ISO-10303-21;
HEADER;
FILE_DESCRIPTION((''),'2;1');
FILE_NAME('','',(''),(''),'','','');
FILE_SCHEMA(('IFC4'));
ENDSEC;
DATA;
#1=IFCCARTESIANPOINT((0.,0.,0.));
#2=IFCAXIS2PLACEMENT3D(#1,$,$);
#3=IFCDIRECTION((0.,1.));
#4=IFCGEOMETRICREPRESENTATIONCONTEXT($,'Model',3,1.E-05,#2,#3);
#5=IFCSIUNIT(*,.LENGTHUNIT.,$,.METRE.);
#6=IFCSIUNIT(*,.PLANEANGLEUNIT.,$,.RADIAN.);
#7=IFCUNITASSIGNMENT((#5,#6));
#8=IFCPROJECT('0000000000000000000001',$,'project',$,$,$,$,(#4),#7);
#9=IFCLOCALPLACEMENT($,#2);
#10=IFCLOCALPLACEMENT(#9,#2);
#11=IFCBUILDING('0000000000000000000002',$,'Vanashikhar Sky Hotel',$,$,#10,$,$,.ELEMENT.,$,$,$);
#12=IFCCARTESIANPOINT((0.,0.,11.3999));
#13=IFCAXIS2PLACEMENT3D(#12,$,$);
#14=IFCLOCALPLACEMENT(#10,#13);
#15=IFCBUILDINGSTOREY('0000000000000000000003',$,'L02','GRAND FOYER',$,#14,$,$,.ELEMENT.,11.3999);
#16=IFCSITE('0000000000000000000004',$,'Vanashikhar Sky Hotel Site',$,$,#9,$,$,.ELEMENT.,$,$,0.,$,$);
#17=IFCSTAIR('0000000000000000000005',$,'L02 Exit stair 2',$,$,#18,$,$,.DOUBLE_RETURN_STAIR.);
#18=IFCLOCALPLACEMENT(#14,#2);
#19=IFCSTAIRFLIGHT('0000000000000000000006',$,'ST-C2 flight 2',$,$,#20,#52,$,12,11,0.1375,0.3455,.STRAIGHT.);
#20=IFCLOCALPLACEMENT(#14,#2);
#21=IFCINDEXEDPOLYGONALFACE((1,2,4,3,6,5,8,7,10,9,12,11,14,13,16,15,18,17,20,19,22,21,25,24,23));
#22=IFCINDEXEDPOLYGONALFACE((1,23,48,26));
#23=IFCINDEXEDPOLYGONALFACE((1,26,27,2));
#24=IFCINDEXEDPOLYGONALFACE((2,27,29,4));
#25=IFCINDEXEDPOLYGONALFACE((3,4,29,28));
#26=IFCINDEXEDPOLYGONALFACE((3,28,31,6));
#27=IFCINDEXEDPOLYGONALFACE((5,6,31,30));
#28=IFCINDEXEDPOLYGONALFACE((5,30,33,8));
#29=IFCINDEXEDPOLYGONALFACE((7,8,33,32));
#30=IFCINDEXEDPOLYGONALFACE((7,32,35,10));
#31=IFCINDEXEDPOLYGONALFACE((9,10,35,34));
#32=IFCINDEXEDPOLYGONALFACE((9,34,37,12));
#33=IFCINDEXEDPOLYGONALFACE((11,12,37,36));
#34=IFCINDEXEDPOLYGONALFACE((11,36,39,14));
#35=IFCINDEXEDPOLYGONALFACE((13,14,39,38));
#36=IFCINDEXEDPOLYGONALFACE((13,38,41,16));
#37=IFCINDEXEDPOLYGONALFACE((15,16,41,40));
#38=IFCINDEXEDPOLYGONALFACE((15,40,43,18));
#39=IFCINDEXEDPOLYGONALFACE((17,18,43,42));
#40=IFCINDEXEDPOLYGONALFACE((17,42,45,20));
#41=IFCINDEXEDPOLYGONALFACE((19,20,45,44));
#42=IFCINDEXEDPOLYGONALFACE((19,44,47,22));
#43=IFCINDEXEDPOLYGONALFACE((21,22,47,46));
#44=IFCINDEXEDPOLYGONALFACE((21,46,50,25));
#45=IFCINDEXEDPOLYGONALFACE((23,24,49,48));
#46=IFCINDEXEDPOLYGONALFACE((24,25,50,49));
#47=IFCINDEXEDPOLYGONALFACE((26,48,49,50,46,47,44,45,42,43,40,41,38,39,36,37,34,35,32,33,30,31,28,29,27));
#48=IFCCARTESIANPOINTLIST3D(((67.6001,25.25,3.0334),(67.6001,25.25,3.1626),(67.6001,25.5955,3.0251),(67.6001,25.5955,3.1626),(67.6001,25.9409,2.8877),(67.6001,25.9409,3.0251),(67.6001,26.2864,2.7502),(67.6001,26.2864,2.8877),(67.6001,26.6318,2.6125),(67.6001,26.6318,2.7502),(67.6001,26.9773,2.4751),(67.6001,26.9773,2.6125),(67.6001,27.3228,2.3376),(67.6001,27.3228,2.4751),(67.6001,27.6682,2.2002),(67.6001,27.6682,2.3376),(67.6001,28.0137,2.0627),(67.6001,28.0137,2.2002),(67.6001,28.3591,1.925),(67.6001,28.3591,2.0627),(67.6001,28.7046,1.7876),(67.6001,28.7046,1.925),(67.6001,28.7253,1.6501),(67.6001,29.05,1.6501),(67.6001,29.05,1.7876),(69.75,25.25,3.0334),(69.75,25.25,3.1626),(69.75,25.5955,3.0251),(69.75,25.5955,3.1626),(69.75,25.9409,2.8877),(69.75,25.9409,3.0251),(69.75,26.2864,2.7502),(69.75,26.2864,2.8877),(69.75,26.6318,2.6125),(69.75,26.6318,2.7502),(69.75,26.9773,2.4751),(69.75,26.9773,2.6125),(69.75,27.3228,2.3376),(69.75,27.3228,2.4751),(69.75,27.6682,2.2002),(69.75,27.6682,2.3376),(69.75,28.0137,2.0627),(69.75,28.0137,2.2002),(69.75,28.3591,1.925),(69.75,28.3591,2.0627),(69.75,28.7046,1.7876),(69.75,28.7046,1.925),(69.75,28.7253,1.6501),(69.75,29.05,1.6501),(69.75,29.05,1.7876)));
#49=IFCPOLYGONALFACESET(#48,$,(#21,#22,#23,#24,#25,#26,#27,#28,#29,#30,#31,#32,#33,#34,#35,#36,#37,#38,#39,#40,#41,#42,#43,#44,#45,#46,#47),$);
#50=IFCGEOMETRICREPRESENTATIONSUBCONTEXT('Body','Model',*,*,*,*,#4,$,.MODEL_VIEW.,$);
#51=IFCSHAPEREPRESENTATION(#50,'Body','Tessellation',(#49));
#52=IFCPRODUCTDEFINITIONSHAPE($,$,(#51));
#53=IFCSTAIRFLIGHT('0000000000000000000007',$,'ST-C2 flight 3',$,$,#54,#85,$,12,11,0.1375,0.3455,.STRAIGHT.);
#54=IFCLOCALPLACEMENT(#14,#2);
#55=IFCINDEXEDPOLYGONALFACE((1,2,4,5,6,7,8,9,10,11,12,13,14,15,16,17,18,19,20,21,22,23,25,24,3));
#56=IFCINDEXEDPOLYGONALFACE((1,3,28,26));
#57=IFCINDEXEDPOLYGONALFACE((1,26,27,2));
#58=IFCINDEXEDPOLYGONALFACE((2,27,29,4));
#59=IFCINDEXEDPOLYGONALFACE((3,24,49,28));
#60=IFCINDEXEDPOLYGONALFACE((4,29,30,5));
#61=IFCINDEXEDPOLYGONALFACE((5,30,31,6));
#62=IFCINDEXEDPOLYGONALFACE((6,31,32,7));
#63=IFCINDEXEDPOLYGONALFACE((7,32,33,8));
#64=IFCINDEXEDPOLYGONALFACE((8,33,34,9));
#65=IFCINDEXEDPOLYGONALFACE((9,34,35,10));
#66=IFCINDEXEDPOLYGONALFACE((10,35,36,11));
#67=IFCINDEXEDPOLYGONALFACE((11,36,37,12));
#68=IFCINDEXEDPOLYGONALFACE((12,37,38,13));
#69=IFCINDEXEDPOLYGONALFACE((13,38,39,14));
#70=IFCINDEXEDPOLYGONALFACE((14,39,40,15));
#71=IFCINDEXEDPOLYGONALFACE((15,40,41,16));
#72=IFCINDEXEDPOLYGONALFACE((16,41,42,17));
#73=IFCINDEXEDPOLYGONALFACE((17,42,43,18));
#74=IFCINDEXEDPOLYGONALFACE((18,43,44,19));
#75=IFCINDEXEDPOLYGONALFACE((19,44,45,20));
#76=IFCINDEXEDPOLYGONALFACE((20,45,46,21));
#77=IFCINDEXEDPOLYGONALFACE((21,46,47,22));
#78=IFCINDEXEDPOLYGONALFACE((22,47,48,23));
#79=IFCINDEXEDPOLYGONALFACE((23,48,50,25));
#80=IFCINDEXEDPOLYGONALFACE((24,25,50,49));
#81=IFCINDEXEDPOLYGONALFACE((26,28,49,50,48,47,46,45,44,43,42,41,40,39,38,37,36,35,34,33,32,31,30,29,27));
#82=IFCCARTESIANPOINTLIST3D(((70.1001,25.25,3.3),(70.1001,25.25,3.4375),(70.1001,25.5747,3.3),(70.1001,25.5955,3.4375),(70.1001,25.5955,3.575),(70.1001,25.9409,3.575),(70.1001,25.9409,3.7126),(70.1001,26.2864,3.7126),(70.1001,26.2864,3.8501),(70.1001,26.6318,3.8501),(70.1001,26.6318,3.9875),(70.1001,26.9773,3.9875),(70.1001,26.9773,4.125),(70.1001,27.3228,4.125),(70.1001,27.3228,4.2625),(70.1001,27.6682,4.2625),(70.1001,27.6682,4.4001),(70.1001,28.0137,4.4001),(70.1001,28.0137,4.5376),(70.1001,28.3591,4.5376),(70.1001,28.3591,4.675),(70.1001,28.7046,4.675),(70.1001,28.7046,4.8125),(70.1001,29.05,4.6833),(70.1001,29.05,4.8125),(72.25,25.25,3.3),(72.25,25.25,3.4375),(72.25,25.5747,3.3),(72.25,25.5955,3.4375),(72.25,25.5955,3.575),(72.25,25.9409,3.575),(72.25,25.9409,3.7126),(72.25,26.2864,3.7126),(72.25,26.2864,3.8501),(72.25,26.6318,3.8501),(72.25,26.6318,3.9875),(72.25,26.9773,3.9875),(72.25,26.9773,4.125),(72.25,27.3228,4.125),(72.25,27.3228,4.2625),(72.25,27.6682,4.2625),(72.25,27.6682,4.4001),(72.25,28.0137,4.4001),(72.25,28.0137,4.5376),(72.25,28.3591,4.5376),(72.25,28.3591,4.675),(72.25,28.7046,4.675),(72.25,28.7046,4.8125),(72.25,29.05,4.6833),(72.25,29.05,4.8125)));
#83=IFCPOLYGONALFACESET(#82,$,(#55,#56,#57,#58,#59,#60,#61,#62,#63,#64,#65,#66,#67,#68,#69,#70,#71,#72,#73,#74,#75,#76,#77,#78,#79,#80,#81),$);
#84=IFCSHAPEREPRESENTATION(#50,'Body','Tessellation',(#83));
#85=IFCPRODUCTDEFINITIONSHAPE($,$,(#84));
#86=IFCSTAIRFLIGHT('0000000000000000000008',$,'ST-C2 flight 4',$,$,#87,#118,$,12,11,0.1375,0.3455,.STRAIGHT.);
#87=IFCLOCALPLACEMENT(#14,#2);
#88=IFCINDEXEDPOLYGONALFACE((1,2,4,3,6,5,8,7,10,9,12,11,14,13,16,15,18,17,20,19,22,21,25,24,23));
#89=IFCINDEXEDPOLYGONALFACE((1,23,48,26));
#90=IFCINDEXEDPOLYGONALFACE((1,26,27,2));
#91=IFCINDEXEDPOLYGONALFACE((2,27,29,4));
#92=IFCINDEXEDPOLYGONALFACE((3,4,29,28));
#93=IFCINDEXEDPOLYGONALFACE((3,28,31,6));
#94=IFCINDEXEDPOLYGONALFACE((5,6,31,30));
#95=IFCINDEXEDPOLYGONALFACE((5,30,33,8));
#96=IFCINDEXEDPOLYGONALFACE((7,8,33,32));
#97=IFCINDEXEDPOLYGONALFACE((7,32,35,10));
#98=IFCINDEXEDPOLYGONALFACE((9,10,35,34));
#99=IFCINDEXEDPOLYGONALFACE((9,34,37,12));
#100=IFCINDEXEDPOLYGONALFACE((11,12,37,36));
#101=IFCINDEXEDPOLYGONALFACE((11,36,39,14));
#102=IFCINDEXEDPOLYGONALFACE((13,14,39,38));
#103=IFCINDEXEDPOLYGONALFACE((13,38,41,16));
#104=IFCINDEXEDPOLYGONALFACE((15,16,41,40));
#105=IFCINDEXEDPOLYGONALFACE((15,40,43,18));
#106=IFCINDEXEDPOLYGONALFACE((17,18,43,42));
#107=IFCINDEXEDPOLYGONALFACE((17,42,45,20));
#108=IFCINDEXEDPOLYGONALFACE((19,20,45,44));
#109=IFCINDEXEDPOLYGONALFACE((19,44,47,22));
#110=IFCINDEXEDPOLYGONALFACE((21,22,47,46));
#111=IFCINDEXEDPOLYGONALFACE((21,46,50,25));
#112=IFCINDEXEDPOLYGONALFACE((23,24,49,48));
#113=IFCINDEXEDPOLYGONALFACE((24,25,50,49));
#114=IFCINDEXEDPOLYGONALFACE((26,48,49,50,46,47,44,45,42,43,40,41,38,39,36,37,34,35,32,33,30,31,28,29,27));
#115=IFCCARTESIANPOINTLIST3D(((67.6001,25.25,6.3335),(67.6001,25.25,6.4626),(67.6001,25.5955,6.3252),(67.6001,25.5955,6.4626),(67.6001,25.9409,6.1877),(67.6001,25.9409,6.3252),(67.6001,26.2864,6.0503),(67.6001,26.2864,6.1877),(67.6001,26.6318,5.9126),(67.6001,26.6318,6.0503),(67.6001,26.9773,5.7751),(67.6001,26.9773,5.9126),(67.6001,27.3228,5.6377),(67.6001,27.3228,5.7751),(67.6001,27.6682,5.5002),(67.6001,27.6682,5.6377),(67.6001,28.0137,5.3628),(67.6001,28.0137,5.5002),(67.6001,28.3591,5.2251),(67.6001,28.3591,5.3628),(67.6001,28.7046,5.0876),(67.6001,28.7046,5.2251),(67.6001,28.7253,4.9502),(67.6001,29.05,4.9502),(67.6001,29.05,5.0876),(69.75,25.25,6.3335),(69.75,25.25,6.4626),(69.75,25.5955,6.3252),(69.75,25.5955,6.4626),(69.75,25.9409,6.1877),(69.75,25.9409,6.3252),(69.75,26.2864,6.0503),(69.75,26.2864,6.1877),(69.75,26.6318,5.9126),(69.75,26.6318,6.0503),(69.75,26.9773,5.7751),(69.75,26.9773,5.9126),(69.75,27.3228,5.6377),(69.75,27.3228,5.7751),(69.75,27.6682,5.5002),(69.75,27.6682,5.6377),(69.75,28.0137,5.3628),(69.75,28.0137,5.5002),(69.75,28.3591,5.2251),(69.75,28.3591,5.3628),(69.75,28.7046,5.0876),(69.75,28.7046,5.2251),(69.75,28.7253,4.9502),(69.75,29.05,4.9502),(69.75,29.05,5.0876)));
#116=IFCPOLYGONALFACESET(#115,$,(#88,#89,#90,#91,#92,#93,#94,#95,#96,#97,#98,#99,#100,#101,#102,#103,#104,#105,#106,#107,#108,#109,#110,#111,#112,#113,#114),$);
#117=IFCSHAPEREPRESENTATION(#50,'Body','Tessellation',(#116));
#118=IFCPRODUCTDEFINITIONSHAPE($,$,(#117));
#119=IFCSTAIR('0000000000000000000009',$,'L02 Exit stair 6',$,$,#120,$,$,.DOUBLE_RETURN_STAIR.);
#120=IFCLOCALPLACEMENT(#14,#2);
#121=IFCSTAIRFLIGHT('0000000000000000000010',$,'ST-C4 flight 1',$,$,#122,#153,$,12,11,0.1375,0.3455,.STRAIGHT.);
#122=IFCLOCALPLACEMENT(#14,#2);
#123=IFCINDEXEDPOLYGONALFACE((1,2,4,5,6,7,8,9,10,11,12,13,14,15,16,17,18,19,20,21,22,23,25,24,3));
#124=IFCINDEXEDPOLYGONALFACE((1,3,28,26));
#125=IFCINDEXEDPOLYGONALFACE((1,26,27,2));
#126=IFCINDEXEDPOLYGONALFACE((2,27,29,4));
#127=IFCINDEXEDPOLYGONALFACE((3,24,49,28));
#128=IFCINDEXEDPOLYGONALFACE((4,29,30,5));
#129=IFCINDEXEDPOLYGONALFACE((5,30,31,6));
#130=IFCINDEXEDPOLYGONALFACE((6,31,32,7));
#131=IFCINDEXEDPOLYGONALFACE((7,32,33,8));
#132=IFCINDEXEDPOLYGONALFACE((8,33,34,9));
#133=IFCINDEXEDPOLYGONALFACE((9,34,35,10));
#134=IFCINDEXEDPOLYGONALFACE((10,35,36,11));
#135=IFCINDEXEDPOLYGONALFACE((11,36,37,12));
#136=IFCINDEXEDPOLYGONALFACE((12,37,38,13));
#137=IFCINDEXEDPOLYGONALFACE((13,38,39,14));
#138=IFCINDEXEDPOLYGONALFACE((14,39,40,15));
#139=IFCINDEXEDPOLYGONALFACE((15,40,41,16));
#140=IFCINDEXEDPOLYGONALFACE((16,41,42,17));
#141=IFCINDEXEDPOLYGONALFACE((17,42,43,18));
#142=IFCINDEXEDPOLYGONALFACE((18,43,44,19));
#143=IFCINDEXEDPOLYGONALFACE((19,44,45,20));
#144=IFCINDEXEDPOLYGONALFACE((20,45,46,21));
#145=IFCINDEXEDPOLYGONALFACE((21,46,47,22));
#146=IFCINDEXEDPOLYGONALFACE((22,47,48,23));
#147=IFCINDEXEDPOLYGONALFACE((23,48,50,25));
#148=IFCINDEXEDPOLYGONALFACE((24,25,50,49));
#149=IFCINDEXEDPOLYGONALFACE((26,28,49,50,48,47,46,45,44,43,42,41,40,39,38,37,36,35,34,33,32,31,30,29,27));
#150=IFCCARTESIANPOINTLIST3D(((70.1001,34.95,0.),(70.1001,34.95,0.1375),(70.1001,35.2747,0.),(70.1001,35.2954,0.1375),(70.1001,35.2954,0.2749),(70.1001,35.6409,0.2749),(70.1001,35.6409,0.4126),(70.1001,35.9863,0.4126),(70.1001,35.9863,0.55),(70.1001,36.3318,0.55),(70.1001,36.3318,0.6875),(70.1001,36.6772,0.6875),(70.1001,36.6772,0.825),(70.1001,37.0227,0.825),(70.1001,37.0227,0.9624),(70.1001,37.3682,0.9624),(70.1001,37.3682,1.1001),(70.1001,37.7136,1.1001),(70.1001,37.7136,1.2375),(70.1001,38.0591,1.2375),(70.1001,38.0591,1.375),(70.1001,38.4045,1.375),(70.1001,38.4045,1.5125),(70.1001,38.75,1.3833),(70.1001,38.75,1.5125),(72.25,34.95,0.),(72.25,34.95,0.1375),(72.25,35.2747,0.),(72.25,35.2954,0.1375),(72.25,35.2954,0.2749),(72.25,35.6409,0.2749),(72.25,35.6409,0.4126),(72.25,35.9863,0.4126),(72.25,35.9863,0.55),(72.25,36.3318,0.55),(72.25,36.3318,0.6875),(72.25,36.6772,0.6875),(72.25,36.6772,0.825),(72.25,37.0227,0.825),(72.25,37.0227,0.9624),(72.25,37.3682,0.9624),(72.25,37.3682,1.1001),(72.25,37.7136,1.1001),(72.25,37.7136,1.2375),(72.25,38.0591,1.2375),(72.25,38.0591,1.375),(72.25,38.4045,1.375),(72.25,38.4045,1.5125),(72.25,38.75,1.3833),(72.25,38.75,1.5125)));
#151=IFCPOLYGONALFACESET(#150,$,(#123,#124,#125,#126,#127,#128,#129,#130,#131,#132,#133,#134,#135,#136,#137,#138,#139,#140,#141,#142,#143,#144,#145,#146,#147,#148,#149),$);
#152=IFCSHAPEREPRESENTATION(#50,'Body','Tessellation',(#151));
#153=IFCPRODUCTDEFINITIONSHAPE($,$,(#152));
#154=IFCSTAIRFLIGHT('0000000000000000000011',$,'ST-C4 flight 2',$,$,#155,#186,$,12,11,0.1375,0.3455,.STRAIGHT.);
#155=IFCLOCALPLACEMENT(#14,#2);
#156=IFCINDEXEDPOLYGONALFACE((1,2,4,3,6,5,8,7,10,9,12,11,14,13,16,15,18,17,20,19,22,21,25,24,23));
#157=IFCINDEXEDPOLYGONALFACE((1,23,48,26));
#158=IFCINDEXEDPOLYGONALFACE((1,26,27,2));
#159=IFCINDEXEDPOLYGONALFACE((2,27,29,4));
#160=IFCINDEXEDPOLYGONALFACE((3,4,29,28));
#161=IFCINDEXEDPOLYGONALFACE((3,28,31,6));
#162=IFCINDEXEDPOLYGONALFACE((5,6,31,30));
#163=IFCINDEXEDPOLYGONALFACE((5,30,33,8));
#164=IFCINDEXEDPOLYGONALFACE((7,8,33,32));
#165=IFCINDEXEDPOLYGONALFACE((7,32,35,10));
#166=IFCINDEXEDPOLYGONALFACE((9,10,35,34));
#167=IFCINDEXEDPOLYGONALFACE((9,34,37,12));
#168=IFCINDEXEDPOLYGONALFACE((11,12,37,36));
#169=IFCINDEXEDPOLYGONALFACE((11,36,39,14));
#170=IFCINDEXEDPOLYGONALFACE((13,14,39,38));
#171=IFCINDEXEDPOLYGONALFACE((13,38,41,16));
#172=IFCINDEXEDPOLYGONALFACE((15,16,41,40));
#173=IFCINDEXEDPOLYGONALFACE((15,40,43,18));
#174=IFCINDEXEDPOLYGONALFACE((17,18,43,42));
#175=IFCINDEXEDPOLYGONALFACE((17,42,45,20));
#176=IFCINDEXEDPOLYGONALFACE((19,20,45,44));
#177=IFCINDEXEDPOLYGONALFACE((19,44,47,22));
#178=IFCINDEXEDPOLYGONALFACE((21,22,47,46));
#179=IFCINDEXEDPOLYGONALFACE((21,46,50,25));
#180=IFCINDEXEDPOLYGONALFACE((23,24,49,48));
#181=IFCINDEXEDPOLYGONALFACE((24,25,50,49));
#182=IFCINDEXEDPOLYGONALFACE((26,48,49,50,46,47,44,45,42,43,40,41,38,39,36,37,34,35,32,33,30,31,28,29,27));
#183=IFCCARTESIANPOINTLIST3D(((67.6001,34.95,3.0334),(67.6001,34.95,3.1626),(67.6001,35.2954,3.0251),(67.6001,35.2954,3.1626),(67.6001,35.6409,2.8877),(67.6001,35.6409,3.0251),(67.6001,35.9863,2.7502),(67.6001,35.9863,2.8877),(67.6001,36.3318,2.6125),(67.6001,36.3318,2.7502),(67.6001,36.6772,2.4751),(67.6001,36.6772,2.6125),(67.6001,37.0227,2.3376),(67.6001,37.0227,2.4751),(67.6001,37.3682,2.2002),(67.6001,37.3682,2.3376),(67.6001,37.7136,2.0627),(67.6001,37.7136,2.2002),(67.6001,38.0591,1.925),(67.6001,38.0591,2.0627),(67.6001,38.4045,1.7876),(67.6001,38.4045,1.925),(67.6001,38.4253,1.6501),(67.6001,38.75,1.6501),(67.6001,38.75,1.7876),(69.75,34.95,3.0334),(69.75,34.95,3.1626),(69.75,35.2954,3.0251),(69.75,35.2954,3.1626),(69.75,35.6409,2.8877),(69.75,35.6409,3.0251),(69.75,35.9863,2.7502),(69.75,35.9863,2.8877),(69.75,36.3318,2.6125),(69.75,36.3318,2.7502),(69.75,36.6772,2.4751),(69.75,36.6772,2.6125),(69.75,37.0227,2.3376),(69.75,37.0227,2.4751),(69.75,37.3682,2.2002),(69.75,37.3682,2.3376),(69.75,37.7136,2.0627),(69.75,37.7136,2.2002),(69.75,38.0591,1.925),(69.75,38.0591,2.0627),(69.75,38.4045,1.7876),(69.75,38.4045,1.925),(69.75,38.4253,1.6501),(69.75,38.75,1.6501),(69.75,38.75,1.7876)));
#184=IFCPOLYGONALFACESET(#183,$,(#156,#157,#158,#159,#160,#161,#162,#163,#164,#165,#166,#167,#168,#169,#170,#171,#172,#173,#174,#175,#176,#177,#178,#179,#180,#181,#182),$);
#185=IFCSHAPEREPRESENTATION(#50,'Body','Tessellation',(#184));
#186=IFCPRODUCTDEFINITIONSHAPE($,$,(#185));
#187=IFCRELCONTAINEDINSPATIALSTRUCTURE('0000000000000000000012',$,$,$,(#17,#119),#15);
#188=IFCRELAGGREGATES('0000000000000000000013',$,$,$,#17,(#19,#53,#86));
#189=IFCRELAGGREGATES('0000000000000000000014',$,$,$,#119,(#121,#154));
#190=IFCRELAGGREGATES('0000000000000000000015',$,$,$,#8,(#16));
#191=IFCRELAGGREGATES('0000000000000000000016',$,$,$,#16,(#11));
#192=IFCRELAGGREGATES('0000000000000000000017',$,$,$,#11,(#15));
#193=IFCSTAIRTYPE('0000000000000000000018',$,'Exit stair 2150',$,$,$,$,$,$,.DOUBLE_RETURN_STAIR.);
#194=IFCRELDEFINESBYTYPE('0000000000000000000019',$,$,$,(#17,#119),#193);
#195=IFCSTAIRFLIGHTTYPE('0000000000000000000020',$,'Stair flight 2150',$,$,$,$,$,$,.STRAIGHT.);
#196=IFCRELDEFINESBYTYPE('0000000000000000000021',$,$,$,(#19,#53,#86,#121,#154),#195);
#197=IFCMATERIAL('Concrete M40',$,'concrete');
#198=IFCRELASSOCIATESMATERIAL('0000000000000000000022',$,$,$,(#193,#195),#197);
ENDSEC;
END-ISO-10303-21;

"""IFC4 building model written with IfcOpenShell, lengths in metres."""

from ifc_helpers import new_model, si_unit, direction, frame, origin, place, context, subcontext, project, spatial, polyline, outline, extrude, source, transform, mapped, material, type_object, element, aggregate, save


model = new_model("IFC4")

# Units and contexts
model_context = context("Model", 3, precision=1e-05, world=origin(), true_north=direction((0.0, 1.0)))
body_context = subcontext(model_context, "Body", "Model", "MODEL_VIEW")
ifc_project = project(units=[si_unit("LENGTHUNIT", "METRE"), si_unit("PLANEANGLEUNIT", "RADIAN")], contexts=[model_context])

# Site, building, storey
site_placement = place(None, origin())
site = spatial("IfcSite", under=ifc_project, at=site_placement, Name="Vanashikhar Sky Hotel Site", CompositionType="ELEMENT", RefElevation=0.0)
building_placement = place(site_placement, origin())
building = spatial("IfcBuilding", under=site, at=building_placement, Name="Vanashikhar Sky Hotel", CompositionType="ELEMENT")
storey_placement = place(building_placement, frame((0.0, 0.0, 11.3999)))
storey = spatial("IfcBuildingStorey", under=building, at=storey_placement, Name="L02", Description="GRAND FOYER", CompositionType="ELEMENT", Elevation=11.3999)

# Stairs, stair flights
ifc_material_1 = material(Name="Concrete M40", Category="concrete")
stair_type = type_object("IfcStairType", Name="Exit stair 2150", PredefinedType="DOUBLE_RETURN_STAIR", material=ifc_material_1)
stair_1_placement = place(storey_placement, origin())
stair_1 = element("IfcStair", 1, at=stair_1_placement, inside=storey, type_object=stair_type, Name="L02 Exit stair 2", PredefinedType="DOUBLE_RETURN_STAIR")
stair_flight_type = type_object("IfcStairFlightType", Name="Stair flight 2150", PredefinedType="STRAIGHT", material=ifc_material_1)
shared_shape_1 = source(origin(), body_context, "Body", "SweptSolid", [
    extrude(outline(polyline([(0.0, 0.0), (0.0, 0.1375), (0.3455, 0.1375), (0.3455, 0.2749), (0.6909, 0.2749), (0.6909, 0.4126), (1.0364, 0.4126), (1.0364, 0.55), (1.3818, 0.55), (1.3818, 0.6875), (1.7273, 0.6875), (1.7273, 0.825), (2.0728, 0.825), (2.0728, 0.9624), (2.4182, 0.9624), (2.4182, 1.1001), (2.7637, 1.1001), (2.7637, 1.2375), (3.1091, 1.2375), (3.1091, 1.375), (3.4546, 1.375), (3.4546, 1.5125), (3.8, 1.5125), (3.8, 1.6499), (3.8, 1.3833), (0.3247, 0.0), (0.0, 0.0)])), frame((0.0, 1.075, 0.0), z_axis=(0.0, -1.0, 0.0), x_axis=(1.0, 0.0, 0.0)), (0.0, 0.0, 1.0), 2.1499),
])
stair_flight_1_placement = place(storey_placement, frame((68.675, 29.05, 1.6501), z_axis=(0.0, 0.0, 1.0), x_axis=(0.0, -1.0, 0.0)))
stair_flight_1 = element("IfcStairFlight", 2, at=stair_flight_1_placement, type_object=stair_flight_type, Name="ST-C2 flight 2", NumberOfRisers=12, NumberOfTreads=11, PredefinedType="STRAIGHT", RiserHeight=0.1375, TreadLength=0.3455, context=body_context, shape_type="MappedRepresentation", body=[
    mapped(shared_shape_1, transform((0.0, 0.0, 0.0), scale=1.0)),
])
stair_flight_2_placement = place(storey_placement, frame((71.175, 25.25, 3.3), z_axis=(0.0, 0.0, 1.0), x_axis=(0.0, 1.0, 0.0)))
stair_flight_2 = element("IfcStairFlight", 3, at=stair_flight_2_placement, type_object=stair_flight_type, Name="ST-C2 flight 3", NumberOfRisers=12, NumberOfTreads=11, PredefinedType="STRAIGHT", RiserHeight=0.1375, TreadLength=0.3455, context=body_context, shape_type="MappedRepresentation", body=[
    mapped(shared_shape_1, transform((0.0, 0.0, 0.0), scale=1.0)),
])
stair_flight_3_placement = place(storey_placement, frame((68.675, 29.05, 4.9502), z_axis=(0.0, 0.0, 1.0), x_axis=(0.0, -1.0, 0.0)))
stair_flight_3 = element("IfcStairFlight", 4, at=stair_flight_3_placement, type_object=stair_flight_type, Name="ST-C2 flight 4", NumberOfRisers=12, NumberOfTreads=11, PredefinedType="STRAIGHT", RiserHeight=0.1375, TreadLength=0.3455, context=body_context, shape_type="MappedRepresentation", body=[
    mapped(shared_shape_1, transform((0.0, 0.0, 0.0), scale=1.0)),
])
aggregate(stair_1, [stair_flight_1, stair_flight_2, stair_flight_3])
stair_2_placement = place(storey_placement, origin())
stair_2 = element("IfcStair", 5, at=stair_2_placement, inside=storey, type_object=stair_type, Name="L02 Exit stair 6", PredefinedType="DOUBLE_RETURN_STAIR")
stair_flight_4_placement = place(storey_placement, frame((71.175, 34.95, 0.0), z_axis=(0.0, 0.0, 1.0), x_axis=(0.0, 1.0, 0.0)))
stair_flight_4 = element("IfcStairFlight", 6, at=stair_flight_4_placement, type_object=stair_flight_type, Name="ST-C4 flight 1", NumberOfRisers=12, NumberOfTreads=11, PredefinedType="STRAIGHT", RiserHeight=0.1375, TreadLength=0.3455, context=body_context, shape_type="MappedRepresentation", body=[
    mapped(shared_shape_1, transform((0.0, 0.0, 0.0), scale=1.0)),
])
stair_flight_5_placement = place(storey_placement, frame((68.675, 38.75, 1.6501), z_axis=(0.0, 0.0, 1.0), x_axis=(0.0, -1.0, 0.0)))
stair_flight_5 = element("IfcStairFlight", 7, at=stair_flight_5_placement, type_object=stair_flight_type, Name="ST-C4 flight 2", NumberOfRisers=12, NumberOfTreads=11, PredefinedType="STRAIGHT", RiserHeight=0.1375, TreadLength=0.3455, context=body_context, shape_type="MappedRepresentation", body=[
    mapped(shared_shape_1, transform((0.0, 0.0, 0.0), scale=1.0)),
])
aggregate(stair_2, [stair_flight_4, stair_flight_5])

save(model, "model.ifc")
